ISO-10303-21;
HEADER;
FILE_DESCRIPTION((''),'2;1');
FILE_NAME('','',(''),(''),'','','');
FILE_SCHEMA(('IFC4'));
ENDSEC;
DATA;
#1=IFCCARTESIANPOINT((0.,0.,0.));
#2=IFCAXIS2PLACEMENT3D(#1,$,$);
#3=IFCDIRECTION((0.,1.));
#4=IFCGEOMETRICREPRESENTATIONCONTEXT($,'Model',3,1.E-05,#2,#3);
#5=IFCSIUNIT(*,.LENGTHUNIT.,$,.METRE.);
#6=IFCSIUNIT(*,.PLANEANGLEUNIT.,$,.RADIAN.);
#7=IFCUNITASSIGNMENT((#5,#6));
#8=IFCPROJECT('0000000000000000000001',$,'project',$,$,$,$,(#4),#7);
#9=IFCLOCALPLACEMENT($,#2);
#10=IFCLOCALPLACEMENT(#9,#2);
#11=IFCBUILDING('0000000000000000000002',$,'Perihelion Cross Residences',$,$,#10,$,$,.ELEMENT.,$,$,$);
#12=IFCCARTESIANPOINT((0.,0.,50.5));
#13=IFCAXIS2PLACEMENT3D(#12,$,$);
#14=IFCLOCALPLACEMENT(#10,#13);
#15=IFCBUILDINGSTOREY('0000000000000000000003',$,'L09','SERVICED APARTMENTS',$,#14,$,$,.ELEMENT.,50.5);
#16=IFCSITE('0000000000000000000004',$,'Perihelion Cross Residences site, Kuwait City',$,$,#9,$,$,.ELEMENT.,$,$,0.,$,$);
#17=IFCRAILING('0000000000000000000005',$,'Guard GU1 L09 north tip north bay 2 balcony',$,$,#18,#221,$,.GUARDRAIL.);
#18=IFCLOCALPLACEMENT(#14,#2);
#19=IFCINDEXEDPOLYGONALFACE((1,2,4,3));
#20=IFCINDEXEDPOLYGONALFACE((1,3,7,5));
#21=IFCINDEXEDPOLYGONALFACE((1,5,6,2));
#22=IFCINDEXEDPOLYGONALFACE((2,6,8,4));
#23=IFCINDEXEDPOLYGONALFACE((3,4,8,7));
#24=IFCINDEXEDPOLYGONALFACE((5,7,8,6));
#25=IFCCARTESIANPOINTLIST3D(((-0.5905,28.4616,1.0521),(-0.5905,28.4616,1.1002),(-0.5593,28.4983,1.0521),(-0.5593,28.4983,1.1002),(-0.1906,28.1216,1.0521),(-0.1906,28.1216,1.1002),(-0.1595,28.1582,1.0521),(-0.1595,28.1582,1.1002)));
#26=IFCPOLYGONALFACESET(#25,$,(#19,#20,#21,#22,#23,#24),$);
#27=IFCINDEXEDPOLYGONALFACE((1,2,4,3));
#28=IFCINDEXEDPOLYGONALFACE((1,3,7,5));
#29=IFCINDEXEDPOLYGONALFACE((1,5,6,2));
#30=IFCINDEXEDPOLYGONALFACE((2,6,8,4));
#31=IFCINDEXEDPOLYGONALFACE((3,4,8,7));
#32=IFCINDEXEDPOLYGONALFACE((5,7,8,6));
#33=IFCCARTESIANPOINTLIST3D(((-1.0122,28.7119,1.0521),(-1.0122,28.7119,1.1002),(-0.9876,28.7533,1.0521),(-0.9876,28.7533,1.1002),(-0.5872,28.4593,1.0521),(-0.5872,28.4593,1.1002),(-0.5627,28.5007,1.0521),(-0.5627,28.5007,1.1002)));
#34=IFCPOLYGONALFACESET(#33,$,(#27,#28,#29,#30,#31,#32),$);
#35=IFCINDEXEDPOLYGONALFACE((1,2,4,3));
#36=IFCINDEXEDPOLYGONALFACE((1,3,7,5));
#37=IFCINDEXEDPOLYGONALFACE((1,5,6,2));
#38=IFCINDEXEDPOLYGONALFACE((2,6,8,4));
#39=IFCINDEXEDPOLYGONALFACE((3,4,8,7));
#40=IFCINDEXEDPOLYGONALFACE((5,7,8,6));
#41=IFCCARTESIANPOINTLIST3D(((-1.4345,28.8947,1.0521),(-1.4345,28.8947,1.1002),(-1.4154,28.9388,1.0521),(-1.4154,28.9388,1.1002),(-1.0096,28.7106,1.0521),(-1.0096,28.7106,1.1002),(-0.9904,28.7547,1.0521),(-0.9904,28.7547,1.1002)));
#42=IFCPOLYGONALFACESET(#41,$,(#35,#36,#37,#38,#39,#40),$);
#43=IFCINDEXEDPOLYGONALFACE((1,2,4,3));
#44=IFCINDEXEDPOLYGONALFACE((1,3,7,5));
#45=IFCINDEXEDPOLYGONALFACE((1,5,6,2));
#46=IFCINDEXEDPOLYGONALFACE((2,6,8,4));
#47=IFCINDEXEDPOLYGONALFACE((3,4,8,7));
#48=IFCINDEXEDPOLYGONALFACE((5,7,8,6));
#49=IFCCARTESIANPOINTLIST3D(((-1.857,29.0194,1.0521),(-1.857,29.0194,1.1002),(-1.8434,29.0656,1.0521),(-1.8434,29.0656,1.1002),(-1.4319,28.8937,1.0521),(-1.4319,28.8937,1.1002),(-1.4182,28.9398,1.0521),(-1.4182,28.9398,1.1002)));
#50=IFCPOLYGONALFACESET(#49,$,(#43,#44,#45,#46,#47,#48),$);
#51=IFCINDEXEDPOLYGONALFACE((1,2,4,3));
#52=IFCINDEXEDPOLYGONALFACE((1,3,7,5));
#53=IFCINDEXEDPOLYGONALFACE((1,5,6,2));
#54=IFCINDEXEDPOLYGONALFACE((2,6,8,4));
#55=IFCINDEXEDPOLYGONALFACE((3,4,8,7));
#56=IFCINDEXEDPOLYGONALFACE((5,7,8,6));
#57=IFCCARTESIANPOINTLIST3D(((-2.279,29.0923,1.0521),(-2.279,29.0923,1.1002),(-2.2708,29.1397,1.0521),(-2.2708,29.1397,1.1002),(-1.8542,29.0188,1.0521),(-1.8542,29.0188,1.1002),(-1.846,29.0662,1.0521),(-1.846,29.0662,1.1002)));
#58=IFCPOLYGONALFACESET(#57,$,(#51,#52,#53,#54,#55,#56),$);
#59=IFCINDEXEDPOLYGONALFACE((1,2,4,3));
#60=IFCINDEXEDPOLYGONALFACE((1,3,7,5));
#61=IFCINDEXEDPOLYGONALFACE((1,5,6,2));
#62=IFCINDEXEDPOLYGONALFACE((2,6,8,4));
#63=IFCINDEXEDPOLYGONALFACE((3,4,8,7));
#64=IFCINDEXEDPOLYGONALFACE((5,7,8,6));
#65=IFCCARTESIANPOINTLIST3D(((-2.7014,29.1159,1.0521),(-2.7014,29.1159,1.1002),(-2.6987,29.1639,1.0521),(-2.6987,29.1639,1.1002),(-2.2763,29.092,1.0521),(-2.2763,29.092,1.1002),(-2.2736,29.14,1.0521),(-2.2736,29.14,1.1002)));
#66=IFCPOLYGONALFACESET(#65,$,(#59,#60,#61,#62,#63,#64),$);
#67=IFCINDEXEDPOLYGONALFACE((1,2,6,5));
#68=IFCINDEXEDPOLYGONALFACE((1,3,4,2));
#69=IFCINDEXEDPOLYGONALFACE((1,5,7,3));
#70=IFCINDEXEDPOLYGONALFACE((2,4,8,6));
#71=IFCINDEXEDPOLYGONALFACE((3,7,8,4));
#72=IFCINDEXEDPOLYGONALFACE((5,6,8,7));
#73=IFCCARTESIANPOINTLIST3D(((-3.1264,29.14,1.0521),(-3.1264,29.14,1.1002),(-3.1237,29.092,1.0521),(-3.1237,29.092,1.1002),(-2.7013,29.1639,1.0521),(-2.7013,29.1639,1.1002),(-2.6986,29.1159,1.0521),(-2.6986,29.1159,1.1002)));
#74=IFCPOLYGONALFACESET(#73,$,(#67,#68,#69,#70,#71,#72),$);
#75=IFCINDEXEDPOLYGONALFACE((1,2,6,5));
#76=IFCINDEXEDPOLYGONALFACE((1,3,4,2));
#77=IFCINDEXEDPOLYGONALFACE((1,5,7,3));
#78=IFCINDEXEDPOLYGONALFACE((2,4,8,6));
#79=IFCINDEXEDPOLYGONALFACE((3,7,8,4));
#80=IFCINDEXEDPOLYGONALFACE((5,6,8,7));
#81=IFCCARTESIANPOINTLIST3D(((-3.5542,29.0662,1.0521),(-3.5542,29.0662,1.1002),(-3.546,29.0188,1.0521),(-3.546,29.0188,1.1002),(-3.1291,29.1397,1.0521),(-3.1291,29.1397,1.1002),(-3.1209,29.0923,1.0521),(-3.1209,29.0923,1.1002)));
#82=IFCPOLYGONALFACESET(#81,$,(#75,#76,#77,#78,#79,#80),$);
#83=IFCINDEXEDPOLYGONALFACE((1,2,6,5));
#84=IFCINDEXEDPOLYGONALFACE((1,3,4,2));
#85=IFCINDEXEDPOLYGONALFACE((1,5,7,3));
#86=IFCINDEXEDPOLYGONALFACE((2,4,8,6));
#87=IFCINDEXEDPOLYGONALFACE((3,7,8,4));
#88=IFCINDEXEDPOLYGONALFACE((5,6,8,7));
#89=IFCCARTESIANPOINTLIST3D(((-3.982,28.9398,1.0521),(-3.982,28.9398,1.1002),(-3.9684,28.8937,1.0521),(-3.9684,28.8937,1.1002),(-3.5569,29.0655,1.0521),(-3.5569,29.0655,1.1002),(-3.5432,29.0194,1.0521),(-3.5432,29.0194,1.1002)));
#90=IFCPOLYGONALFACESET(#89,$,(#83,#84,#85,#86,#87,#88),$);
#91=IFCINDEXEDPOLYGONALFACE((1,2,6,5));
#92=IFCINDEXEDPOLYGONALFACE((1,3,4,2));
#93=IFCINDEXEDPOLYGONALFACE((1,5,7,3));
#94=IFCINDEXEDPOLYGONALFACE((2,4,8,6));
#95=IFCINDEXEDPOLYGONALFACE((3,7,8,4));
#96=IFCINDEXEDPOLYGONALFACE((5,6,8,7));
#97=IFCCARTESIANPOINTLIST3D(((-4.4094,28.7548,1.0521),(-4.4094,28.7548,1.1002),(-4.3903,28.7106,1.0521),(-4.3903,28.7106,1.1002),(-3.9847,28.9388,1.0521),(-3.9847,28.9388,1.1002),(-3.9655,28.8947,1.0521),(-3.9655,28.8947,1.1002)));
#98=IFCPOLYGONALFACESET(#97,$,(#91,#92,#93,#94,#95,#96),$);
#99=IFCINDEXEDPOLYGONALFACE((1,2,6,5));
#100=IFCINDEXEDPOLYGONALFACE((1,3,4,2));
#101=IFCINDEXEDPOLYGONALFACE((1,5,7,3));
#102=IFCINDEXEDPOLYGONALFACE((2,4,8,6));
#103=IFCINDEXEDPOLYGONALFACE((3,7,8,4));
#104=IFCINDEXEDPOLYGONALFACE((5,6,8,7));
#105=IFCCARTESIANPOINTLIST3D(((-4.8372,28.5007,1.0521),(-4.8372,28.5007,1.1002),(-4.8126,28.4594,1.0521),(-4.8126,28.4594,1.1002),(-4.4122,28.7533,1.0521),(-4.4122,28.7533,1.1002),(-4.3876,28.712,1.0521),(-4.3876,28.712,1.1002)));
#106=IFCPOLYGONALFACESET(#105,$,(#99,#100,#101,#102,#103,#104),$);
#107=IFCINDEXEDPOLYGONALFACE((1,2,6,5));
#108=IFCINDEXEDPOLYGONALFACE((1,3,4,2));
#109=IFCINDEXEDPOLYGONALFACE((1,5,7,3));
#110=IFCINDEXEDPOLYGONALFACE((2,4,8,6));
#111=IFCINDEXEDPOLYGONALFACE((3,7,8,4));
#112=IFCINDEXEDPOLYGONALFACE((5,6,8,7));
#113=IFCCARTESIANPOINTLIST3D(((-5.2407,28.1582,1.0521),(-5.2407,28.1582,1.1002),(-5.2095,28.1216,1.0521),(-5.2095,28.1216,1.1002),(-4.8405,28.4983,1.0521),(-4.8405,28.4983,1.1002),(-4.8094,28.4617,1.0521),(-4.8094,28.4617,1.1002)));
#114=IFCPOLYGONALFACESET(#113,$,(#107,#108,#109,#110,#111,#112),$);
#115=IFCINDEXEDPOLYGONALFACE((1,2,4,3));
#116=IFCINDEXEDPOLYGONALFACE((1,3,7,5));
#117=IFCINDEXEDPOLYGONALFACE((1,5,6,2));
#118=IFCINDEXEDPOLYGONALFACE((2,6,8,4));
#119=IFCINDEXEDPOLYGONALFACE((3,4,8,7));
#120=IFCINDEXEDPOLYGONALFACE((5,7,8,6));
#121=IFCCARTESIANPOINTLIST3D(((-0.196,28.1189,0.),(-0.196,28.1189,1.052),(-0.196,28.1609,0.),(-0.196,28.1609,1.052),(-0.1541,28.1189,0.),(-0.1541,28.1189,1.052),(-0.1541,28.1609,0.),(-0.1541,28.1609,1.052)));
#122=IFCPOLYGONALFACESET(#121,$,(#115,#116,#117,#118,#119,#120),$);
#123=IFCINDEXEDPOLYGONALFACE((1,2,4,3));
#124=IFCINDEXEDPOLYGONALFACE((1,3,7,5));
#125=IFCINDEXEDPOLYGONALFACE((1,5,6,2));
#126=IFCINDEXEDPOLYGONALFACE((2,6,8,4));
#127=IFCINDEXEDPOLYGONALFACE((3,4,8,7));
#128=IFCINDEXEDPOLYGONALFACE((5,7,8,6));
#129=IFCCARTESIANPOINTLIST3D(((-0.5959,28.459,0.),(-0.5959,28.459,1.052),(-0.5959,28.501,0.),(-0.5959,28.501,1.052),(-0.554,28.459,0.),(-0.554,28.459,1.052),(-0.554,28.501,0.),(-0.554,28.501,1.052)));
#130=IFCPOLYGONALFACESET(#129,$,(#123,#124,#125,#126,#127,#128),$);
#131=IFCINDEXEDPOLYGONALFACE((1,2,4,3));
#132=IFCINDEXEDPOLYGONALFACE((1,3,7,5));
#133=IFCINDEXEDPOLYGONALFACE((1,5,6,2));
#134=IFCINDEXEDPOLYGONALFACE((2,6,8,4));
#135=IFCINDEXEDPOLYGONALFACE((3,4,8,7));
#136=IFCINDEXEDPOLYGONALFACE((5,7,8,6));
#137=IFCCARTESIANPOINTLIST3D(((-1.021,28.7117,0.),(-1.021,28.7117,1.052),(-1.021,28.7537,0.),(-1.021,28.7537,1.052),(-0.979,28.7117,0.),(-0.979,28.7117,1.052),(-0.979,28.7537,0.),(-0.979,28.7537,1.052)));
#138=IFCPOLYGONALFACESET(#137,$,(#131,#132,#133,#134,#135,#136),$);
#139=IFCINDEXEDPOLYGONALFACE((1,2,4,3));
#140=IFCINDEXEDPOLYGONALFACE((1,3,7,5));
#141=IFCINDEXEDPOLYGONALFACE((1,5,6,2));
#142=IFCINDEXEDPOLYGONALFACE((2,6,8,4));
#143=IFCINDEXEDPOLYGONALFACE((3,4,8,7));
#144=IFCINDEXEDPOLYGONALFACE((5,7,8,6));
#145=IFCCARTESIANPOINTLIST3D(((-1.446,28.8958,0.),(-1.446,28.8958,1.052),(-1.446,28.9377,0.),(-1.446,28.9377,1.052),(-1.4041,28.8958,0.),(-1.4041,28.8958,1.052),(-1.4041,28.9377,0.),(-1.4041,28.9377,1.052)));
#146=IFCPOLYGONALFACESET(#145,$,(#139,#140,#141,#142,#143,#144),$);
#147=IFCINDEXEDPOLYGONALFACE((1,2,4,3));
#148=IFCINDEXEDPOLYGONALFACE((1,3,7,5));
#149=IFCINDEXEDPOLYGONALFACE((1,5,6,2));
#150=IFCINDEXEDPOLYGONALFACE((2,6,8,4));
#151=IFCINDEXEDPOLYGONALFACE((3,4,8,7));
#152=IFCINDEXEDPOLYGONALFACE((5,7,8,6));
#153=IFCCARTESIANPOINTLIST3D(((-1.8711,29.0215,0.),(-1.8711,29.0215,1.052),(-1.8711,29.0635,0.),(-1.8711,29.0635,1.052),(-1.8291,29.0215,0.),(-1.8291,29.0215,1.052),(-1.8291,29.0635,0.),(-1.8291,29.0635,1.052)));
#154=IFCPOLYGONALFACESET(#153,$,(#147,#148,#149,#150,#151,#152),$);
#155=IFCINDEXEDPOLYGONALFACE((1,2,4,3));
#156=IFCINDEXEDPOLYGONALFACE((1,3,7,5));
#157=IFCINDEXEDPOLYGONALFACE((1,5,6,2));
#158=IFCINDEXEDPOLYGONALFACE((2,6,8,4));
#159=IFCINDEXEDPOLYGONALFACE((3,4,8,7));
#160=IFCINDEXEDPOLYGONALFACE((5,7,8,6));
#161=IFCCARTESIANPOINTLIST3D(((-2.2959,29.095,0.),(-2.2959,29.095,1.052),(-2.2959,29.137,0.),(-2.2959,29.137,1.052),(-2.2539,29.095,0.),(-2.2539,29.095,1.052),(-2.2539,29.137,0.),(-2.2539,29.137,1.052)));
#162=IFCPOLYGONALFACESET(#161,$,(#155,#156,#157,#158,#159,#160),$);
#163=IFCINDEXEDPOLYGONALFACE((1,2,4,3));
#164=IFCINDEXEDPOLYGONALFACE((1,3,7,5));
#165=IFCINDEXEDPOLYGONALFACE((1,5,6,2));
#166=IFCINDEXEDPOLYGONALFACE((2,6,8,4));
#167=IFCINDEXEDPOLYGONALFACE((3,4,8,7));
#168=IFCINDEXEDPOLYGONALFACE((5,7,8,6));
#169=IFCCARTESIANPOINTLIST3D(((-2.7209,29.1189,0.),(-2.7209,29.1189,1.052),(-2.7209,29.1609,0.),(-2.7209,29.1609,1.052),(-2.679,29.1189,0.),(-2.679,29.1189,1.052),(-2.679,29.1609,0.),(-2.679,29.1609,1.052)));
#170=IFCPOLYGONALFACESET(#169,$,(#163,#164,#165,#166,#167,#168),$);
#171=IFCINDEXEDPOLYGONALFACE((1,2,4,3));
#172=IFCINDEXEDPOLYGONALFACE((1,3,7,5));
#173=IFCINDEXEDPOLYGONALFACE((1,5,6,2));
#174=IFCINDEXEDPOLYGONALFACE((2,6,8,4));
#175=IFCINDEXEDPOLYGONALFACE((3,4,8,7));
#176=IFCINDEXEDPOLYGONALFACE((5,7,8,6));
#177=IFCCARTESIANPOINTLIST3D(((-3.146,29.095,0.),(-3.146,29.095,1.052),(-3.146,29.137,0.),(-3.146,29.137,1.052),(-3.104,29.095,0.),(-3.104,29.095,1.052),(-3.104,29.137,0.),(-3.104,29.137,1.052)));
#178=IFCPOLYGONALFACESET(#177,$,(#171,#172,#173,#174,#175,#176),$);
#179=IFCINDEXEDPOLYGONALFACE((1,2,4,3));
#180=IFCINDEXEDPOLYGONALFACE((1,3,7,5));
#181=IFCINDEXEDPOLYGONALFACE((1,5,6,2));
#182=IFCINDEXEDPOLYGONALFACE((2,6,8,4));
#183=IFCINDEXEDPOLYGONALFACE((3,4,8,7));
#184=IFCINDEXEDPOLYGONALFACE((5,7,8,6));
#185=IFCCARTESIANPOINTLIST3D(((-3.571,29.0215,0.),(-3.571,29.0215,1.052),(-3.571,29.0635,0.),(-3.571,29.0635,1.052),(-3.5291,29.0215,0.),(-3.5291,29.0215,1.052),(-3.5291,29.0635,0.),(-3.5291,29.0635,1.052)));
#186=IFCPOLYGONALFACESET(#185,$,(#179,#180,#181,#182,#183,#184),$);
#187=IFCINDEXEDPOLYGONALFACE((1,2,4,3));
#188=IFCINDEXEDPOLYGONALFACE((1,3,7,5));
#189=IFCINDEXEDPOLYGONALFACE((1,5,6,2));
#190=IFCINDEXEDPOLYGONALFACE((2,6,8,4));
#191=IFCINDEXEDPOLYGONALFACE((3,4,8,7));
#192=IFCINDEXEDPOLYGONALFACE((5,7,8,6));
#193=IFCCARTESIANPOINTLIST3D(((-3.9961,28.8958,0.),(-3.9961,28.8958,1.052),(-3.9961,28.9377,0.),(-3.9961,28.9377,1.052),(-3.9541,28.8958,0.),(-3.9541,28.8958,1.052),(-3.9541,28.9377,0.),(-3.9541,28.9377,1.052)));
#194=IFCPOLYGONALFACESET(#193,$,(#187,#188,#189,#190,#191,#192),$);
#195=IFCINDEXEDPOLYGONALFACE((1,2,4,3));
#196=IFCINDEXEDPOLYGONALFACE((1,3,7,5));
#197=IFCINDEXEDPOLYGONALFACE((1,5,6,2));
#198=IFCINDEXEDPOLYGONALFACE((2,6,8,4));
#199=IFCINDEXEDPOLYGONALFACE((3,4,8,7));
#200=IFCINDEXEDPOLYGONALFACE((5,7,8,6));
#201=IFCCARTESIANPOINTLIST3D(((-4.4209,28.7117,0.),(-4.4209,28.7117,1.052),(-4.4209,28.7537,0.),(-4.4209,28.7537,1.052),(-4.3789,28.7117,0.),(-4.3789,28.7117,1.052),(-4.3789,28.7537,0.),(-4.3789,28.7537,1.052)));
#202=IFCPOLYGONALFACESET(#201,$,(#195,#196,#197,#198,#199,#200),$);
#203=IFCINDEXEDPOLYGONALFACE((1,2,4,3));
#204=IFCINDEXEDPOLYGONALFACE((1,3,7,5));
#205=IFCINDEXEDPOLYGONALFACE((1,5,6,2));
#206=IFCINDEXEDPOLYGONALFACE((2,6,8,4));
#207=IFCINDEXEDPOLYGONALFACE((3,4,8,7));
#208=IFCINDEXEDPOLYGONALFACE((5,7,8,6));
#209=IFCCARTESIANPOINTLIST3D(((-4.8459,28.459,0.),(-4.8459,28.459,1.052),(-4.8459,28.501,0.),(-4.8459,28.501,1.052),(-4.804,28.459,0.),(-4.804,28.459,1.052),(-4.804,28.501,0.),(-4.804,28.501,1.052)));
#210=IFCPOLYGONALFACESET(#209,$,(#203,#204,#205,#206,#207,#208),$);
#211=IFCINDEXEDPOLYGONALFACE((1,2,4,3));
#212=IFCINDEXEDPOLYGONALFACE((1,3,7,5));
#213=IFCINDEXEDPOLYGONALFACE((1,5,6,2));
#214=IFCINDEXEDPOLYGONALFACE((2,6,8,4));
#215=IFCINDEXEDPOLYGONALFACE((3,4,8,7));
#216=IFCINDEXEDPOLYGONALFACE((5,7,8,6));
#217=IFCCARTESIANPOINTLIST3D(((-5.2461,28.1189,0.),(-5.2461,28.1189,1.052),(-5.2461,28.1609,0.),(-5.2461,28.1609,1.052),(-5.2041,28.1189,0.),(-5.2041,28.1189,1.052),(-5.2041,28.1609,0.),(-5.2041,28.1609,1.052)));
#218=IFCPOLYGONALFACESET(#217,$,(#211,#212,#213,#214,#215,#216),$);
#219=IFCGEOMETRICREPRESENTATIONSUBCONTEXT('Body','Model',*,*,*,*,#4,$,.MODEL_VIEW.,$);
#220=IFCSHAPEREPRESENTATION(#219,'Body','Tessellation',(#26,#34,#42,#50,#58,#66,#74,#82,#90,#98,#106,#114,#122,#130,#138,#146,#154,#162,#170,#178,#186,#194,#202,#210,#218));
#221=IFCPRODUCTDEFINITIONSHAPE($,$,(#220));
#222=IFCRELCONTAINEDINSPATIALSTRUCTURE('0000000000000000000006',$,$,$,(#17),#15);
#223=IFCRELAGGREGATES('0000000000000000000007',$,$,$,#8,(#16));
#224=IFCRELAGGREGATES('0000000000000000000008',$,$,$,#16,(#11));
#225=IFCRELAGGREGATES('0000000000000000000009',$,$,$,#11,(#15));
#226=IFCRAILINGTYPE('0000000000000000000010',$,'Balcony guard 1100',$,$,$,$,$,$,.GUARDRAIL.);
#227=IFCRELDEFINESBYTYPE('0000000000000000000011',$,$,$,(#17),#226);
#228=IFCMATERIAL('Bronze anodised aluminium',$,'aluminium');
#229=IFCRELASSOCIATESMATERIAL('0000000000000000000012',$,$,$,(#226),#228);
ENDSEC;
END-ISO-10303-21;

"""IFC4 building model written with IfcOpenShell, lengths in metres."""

from ifc_helpers import new_model, si_unit, direction, frame, origin, origin_2d, place, context, subcontext, project, spatial, rectangle, extrude, material, type_object, element, save


model = new_model("IFC4")

# Units and contexts
model_context = context("Model", 3, precision=1e-05, world=origin(), true_north=direction((0.0, 1.0)))
body_context = subcontext(model_context, "Body", "Model", "MODEL_VIEW")
ifc_project = project(units=[si_unit("LENGTHUNIT", "METRE"), si_unit("PLANEANGLEUNIT", "RADIAN")], contexts=[model_context])

# Site, building, storey
site_placement = place(None, origin())
site = spatial("IfcSite", under=ifc_project, at=site_placement, Name="Perihelion Cross Residences site, Kuwait City", CompositionType="ELEMENT", RefElevation=0.0)
building_placement = place(site_placement, origin())
building = spatial("IfcBuilding", under=site, at=building_placement, Name="Perihelion Cross Residences", CompositionType="ELEMENT")
storey_placement = place(building_placement, frame((0.0, 0.0, 50.5)))
storey = spatial("IfcBuildingStorey", under=building, at=storey_placement, Name="L09", Description="SERVICED APARTMENTS", CompositionType="ELEMENT", Elevation=50.5)

# Railing
ifc_material_1 = material(Name="Bronze anodised aluminium", Category="aluminium")
railing_type = type_object("IfcRailingType", Name="Balcony guard 1100", PredefinedType="GUARDRAIL", material=ifc_material_1)
railing_placement = place(storey_placement, frame((-0.175, 28.1399, 0.0)))
element("IfcRailing", 1, at=railing_placement, inside=storey, type_object=railing_type, Name="Guard GU1 L09 north tip north bay 2 balcony", PredefinedType="GUARDRAIL", context=body_context, shape_type="SweptSolid", body=[
    extrude(rectangle(XDim=0.0481, YDim=0.0481, at=origin_2d()), frame((0.0, 0.0, 1.0762), z_axis=(-0.761779, 0.647837, 0.0), x_axis=(-0.647837, -0.761779, 0.0)), (0.0, 0.0, 1.0), 0.5249),
    extrude(rectangle(XDim=0.0481, YDim=0.0481, at=origin_2d()), frame((-0.3999, 0.3401, 1.0762), z_axis=(-0.859577, 0.511006, 0.0), x_axis=(-0.511006, -0.859577, 0.0)), (0.0, 0.0, 1.0), 0.4944),
    extrude(rectangle(XDim=0.0481, YDim=0.0481, at=origin_2d()), frame((-0.825, 0.5928, 1.0762), z_axis=(-0.917639, 0.397415, 0.0), x_axis=(-0.397415, -0.917639, 0.0)), (0.0, 0.0, 1.0), 0.4631),
    extrude(rectangle(XDim=0.0481, YDim=0.0481, at=origin_2d()), frame((-1.25, 0.7769, 1.0762), z_axis=(-0.958926, 0.283657, 0.0), x_axis=(-0.283657, -0.958926, 0.0)), (0.0, 0.0, 1.0), 0.4434),
    extrude(rectangle(XDim=0.0481, YDim=0.0481, at=origin_2d()), frame((-1.675, 0.9026, 1.0762), z_axis=(-0.985365, 0.170457, 0.0), x_axis=(-0.170457, -0.985365, 0.0)), (0.0, 0.0, 1.0), 0.4312),
    extrude(rectangle(XDim=0.0481, YDim=0.0481, at=origin_2d()), frame((-2.0999, 0.9761, 1.0762), z_axis=(-0.99842, 0.056201, 0.0), x_axis=(-0.056201, -0.99842, 0.0)), (0.0, 0.0, 1.0), 0.4258),
    extrude(rectangle(XDim=0.0481, YDim=0.0481, at=origin_2d()), frame((-2.5249, 1.0, 1.0762), z_axis=(-0.99842, -0.056201, 0.0), x_axis=(0.056201, -0.99842, 0.0)), (0.0, 0.0, 1.0), 0.4258),
    extrude(rectangle(XDim=0.0481, YDim=0.0481, at=origin_2d()), frame((-2.95, 0.9761, 1.0762), z_axis=(-0.985382, -0.170362, 0.0), x_axis=(0.170362, -0.985382, 0.0)), (0.0, 0.0, 1.0), 0.4314),
    extrude(rectangle(XDim=0.0481, YDim=0.0481, at=origin_2d()), frame((-3.375, 0.9026, 1.0762), z_axis=(-0.958926, -0.283657, 0.0), x_axis=(0.283657, -0.958926, 0.0)), (0.0, 0.0, 1.0), 0.4434),
    extrude(rectangle(XDim=0.0481, YDim=0.0481, at=origin_2d()), frame((-3.8, 0.7769, 1.0762), z_axis=(-0.917556, -0.397607, 0.0), x_axis=(0.397607, -0.917556, 0.0)), (0.0, 0.0, 1.0), 0.4629),
    extrude(rectangle(XDim=0.0481, YDim=0.0481, at=origin_2d()), frame((-4.2249, 0.5928, 1.0762), z_axis=(-0.859577, -0.511006, 0.0), x_axis=(0.511006, -0.859577, 0.0)), (0.0, 0.0, 1.0), 0.4944),
    extrude(rectangle(XDim=0.0481, YDim=0.0481, at=origin_2d()), frame((-4.6499, 0.3401, 1.0762), z_axis=(-0.761974, -0.647608, 0.0), x_axis=(0.647608, -0.761974, 0.0)), (0.0, 0.0, 1.0), 0.5251),
    extrude(rectangle(XDim=0.042, YDim=0.042, at=origin_2d()), origin(), (0.0, 0.0, 1.0), 1.052),
    extrude(rectangle(XDim=0.042, YDim=0.042, at=origin_2d()), frame((-0.3999, 0.3401, 0.0)), (0.0, 0.0, 1.0), 1.052),
    extrude(rectangle(XDim=0.042, YDim=0.042, at=origin_2d()), frame((-0.825, 0.5928, 0.0)), (0.0, 0.0, 1.0), 1.052),
    extrude(rectangle(XDim=0.042, YDim=0.042, at=origin_2d()), frame((-1.25, 0.7769, 0.0)), (0.0, 0.0, 1.0), 1.052),
    extrude(rectangle(XDim=0.042, YDim=0.042, at=origin_2d()), frame((-1.675, 0.9026, 0.0)), (0.0, 0.0, 1.0), 1.052),
    extrude(rectangle(XDim=0.042, YDim=0.042, at=origin_2d()), frame((-2.0999, 0.9761, 0.0)), (0.0, 0.0, 1.0), 1.052),
    extrude(rectangle(XDim=0.042, YDim=0.042, at=origin_2d()), frame((-2.5249, 1.0, 0.0)), (0.0, 0.0, 1.0), 1.052),
    extrude(rectangle(XDim=0.042, YDim=0.042, at=origin_2d()), frame((-2.95, 0.9761, 0.0)), (0.0, 0.0, 1.0), 1.052),
    extrude(rectangle(XDim=0.042, YDim=0.042, at=origin_2d()), frame((-3.375, 0.9026, 0.0)), (0.0, 0.0, 1.0), 1.052),
    extrude(rectangle(XDim=0.042, YDim=0.042, at=origin_2d()), frame((-3.8, 0.7769, 0.0)), (0.0, 0.0, 1.0), 1.052),
    extrude(rectangle(XDim=0.042, YDim=0.042, at=origin_2d()), frame((-4.2249, 0.5928, 0.0)), (0.0, 0.0, 1.0), 1.052),
    extrude(rectangle(XDim=0.042, YDim=0.042, at=origin_2d()), frame((-4.6499, 0.3401, 0.0)), (0.0, 0.0, 1.0), 1.052),
    extrude(rectangle(XDim=0.042, YDim=0.042, at=origin_2d()), frame((-5.05, 0.0, 0.0)), (0.0, 0.0, 1.0), 1.052),
])

save(model, "model.ifc")
